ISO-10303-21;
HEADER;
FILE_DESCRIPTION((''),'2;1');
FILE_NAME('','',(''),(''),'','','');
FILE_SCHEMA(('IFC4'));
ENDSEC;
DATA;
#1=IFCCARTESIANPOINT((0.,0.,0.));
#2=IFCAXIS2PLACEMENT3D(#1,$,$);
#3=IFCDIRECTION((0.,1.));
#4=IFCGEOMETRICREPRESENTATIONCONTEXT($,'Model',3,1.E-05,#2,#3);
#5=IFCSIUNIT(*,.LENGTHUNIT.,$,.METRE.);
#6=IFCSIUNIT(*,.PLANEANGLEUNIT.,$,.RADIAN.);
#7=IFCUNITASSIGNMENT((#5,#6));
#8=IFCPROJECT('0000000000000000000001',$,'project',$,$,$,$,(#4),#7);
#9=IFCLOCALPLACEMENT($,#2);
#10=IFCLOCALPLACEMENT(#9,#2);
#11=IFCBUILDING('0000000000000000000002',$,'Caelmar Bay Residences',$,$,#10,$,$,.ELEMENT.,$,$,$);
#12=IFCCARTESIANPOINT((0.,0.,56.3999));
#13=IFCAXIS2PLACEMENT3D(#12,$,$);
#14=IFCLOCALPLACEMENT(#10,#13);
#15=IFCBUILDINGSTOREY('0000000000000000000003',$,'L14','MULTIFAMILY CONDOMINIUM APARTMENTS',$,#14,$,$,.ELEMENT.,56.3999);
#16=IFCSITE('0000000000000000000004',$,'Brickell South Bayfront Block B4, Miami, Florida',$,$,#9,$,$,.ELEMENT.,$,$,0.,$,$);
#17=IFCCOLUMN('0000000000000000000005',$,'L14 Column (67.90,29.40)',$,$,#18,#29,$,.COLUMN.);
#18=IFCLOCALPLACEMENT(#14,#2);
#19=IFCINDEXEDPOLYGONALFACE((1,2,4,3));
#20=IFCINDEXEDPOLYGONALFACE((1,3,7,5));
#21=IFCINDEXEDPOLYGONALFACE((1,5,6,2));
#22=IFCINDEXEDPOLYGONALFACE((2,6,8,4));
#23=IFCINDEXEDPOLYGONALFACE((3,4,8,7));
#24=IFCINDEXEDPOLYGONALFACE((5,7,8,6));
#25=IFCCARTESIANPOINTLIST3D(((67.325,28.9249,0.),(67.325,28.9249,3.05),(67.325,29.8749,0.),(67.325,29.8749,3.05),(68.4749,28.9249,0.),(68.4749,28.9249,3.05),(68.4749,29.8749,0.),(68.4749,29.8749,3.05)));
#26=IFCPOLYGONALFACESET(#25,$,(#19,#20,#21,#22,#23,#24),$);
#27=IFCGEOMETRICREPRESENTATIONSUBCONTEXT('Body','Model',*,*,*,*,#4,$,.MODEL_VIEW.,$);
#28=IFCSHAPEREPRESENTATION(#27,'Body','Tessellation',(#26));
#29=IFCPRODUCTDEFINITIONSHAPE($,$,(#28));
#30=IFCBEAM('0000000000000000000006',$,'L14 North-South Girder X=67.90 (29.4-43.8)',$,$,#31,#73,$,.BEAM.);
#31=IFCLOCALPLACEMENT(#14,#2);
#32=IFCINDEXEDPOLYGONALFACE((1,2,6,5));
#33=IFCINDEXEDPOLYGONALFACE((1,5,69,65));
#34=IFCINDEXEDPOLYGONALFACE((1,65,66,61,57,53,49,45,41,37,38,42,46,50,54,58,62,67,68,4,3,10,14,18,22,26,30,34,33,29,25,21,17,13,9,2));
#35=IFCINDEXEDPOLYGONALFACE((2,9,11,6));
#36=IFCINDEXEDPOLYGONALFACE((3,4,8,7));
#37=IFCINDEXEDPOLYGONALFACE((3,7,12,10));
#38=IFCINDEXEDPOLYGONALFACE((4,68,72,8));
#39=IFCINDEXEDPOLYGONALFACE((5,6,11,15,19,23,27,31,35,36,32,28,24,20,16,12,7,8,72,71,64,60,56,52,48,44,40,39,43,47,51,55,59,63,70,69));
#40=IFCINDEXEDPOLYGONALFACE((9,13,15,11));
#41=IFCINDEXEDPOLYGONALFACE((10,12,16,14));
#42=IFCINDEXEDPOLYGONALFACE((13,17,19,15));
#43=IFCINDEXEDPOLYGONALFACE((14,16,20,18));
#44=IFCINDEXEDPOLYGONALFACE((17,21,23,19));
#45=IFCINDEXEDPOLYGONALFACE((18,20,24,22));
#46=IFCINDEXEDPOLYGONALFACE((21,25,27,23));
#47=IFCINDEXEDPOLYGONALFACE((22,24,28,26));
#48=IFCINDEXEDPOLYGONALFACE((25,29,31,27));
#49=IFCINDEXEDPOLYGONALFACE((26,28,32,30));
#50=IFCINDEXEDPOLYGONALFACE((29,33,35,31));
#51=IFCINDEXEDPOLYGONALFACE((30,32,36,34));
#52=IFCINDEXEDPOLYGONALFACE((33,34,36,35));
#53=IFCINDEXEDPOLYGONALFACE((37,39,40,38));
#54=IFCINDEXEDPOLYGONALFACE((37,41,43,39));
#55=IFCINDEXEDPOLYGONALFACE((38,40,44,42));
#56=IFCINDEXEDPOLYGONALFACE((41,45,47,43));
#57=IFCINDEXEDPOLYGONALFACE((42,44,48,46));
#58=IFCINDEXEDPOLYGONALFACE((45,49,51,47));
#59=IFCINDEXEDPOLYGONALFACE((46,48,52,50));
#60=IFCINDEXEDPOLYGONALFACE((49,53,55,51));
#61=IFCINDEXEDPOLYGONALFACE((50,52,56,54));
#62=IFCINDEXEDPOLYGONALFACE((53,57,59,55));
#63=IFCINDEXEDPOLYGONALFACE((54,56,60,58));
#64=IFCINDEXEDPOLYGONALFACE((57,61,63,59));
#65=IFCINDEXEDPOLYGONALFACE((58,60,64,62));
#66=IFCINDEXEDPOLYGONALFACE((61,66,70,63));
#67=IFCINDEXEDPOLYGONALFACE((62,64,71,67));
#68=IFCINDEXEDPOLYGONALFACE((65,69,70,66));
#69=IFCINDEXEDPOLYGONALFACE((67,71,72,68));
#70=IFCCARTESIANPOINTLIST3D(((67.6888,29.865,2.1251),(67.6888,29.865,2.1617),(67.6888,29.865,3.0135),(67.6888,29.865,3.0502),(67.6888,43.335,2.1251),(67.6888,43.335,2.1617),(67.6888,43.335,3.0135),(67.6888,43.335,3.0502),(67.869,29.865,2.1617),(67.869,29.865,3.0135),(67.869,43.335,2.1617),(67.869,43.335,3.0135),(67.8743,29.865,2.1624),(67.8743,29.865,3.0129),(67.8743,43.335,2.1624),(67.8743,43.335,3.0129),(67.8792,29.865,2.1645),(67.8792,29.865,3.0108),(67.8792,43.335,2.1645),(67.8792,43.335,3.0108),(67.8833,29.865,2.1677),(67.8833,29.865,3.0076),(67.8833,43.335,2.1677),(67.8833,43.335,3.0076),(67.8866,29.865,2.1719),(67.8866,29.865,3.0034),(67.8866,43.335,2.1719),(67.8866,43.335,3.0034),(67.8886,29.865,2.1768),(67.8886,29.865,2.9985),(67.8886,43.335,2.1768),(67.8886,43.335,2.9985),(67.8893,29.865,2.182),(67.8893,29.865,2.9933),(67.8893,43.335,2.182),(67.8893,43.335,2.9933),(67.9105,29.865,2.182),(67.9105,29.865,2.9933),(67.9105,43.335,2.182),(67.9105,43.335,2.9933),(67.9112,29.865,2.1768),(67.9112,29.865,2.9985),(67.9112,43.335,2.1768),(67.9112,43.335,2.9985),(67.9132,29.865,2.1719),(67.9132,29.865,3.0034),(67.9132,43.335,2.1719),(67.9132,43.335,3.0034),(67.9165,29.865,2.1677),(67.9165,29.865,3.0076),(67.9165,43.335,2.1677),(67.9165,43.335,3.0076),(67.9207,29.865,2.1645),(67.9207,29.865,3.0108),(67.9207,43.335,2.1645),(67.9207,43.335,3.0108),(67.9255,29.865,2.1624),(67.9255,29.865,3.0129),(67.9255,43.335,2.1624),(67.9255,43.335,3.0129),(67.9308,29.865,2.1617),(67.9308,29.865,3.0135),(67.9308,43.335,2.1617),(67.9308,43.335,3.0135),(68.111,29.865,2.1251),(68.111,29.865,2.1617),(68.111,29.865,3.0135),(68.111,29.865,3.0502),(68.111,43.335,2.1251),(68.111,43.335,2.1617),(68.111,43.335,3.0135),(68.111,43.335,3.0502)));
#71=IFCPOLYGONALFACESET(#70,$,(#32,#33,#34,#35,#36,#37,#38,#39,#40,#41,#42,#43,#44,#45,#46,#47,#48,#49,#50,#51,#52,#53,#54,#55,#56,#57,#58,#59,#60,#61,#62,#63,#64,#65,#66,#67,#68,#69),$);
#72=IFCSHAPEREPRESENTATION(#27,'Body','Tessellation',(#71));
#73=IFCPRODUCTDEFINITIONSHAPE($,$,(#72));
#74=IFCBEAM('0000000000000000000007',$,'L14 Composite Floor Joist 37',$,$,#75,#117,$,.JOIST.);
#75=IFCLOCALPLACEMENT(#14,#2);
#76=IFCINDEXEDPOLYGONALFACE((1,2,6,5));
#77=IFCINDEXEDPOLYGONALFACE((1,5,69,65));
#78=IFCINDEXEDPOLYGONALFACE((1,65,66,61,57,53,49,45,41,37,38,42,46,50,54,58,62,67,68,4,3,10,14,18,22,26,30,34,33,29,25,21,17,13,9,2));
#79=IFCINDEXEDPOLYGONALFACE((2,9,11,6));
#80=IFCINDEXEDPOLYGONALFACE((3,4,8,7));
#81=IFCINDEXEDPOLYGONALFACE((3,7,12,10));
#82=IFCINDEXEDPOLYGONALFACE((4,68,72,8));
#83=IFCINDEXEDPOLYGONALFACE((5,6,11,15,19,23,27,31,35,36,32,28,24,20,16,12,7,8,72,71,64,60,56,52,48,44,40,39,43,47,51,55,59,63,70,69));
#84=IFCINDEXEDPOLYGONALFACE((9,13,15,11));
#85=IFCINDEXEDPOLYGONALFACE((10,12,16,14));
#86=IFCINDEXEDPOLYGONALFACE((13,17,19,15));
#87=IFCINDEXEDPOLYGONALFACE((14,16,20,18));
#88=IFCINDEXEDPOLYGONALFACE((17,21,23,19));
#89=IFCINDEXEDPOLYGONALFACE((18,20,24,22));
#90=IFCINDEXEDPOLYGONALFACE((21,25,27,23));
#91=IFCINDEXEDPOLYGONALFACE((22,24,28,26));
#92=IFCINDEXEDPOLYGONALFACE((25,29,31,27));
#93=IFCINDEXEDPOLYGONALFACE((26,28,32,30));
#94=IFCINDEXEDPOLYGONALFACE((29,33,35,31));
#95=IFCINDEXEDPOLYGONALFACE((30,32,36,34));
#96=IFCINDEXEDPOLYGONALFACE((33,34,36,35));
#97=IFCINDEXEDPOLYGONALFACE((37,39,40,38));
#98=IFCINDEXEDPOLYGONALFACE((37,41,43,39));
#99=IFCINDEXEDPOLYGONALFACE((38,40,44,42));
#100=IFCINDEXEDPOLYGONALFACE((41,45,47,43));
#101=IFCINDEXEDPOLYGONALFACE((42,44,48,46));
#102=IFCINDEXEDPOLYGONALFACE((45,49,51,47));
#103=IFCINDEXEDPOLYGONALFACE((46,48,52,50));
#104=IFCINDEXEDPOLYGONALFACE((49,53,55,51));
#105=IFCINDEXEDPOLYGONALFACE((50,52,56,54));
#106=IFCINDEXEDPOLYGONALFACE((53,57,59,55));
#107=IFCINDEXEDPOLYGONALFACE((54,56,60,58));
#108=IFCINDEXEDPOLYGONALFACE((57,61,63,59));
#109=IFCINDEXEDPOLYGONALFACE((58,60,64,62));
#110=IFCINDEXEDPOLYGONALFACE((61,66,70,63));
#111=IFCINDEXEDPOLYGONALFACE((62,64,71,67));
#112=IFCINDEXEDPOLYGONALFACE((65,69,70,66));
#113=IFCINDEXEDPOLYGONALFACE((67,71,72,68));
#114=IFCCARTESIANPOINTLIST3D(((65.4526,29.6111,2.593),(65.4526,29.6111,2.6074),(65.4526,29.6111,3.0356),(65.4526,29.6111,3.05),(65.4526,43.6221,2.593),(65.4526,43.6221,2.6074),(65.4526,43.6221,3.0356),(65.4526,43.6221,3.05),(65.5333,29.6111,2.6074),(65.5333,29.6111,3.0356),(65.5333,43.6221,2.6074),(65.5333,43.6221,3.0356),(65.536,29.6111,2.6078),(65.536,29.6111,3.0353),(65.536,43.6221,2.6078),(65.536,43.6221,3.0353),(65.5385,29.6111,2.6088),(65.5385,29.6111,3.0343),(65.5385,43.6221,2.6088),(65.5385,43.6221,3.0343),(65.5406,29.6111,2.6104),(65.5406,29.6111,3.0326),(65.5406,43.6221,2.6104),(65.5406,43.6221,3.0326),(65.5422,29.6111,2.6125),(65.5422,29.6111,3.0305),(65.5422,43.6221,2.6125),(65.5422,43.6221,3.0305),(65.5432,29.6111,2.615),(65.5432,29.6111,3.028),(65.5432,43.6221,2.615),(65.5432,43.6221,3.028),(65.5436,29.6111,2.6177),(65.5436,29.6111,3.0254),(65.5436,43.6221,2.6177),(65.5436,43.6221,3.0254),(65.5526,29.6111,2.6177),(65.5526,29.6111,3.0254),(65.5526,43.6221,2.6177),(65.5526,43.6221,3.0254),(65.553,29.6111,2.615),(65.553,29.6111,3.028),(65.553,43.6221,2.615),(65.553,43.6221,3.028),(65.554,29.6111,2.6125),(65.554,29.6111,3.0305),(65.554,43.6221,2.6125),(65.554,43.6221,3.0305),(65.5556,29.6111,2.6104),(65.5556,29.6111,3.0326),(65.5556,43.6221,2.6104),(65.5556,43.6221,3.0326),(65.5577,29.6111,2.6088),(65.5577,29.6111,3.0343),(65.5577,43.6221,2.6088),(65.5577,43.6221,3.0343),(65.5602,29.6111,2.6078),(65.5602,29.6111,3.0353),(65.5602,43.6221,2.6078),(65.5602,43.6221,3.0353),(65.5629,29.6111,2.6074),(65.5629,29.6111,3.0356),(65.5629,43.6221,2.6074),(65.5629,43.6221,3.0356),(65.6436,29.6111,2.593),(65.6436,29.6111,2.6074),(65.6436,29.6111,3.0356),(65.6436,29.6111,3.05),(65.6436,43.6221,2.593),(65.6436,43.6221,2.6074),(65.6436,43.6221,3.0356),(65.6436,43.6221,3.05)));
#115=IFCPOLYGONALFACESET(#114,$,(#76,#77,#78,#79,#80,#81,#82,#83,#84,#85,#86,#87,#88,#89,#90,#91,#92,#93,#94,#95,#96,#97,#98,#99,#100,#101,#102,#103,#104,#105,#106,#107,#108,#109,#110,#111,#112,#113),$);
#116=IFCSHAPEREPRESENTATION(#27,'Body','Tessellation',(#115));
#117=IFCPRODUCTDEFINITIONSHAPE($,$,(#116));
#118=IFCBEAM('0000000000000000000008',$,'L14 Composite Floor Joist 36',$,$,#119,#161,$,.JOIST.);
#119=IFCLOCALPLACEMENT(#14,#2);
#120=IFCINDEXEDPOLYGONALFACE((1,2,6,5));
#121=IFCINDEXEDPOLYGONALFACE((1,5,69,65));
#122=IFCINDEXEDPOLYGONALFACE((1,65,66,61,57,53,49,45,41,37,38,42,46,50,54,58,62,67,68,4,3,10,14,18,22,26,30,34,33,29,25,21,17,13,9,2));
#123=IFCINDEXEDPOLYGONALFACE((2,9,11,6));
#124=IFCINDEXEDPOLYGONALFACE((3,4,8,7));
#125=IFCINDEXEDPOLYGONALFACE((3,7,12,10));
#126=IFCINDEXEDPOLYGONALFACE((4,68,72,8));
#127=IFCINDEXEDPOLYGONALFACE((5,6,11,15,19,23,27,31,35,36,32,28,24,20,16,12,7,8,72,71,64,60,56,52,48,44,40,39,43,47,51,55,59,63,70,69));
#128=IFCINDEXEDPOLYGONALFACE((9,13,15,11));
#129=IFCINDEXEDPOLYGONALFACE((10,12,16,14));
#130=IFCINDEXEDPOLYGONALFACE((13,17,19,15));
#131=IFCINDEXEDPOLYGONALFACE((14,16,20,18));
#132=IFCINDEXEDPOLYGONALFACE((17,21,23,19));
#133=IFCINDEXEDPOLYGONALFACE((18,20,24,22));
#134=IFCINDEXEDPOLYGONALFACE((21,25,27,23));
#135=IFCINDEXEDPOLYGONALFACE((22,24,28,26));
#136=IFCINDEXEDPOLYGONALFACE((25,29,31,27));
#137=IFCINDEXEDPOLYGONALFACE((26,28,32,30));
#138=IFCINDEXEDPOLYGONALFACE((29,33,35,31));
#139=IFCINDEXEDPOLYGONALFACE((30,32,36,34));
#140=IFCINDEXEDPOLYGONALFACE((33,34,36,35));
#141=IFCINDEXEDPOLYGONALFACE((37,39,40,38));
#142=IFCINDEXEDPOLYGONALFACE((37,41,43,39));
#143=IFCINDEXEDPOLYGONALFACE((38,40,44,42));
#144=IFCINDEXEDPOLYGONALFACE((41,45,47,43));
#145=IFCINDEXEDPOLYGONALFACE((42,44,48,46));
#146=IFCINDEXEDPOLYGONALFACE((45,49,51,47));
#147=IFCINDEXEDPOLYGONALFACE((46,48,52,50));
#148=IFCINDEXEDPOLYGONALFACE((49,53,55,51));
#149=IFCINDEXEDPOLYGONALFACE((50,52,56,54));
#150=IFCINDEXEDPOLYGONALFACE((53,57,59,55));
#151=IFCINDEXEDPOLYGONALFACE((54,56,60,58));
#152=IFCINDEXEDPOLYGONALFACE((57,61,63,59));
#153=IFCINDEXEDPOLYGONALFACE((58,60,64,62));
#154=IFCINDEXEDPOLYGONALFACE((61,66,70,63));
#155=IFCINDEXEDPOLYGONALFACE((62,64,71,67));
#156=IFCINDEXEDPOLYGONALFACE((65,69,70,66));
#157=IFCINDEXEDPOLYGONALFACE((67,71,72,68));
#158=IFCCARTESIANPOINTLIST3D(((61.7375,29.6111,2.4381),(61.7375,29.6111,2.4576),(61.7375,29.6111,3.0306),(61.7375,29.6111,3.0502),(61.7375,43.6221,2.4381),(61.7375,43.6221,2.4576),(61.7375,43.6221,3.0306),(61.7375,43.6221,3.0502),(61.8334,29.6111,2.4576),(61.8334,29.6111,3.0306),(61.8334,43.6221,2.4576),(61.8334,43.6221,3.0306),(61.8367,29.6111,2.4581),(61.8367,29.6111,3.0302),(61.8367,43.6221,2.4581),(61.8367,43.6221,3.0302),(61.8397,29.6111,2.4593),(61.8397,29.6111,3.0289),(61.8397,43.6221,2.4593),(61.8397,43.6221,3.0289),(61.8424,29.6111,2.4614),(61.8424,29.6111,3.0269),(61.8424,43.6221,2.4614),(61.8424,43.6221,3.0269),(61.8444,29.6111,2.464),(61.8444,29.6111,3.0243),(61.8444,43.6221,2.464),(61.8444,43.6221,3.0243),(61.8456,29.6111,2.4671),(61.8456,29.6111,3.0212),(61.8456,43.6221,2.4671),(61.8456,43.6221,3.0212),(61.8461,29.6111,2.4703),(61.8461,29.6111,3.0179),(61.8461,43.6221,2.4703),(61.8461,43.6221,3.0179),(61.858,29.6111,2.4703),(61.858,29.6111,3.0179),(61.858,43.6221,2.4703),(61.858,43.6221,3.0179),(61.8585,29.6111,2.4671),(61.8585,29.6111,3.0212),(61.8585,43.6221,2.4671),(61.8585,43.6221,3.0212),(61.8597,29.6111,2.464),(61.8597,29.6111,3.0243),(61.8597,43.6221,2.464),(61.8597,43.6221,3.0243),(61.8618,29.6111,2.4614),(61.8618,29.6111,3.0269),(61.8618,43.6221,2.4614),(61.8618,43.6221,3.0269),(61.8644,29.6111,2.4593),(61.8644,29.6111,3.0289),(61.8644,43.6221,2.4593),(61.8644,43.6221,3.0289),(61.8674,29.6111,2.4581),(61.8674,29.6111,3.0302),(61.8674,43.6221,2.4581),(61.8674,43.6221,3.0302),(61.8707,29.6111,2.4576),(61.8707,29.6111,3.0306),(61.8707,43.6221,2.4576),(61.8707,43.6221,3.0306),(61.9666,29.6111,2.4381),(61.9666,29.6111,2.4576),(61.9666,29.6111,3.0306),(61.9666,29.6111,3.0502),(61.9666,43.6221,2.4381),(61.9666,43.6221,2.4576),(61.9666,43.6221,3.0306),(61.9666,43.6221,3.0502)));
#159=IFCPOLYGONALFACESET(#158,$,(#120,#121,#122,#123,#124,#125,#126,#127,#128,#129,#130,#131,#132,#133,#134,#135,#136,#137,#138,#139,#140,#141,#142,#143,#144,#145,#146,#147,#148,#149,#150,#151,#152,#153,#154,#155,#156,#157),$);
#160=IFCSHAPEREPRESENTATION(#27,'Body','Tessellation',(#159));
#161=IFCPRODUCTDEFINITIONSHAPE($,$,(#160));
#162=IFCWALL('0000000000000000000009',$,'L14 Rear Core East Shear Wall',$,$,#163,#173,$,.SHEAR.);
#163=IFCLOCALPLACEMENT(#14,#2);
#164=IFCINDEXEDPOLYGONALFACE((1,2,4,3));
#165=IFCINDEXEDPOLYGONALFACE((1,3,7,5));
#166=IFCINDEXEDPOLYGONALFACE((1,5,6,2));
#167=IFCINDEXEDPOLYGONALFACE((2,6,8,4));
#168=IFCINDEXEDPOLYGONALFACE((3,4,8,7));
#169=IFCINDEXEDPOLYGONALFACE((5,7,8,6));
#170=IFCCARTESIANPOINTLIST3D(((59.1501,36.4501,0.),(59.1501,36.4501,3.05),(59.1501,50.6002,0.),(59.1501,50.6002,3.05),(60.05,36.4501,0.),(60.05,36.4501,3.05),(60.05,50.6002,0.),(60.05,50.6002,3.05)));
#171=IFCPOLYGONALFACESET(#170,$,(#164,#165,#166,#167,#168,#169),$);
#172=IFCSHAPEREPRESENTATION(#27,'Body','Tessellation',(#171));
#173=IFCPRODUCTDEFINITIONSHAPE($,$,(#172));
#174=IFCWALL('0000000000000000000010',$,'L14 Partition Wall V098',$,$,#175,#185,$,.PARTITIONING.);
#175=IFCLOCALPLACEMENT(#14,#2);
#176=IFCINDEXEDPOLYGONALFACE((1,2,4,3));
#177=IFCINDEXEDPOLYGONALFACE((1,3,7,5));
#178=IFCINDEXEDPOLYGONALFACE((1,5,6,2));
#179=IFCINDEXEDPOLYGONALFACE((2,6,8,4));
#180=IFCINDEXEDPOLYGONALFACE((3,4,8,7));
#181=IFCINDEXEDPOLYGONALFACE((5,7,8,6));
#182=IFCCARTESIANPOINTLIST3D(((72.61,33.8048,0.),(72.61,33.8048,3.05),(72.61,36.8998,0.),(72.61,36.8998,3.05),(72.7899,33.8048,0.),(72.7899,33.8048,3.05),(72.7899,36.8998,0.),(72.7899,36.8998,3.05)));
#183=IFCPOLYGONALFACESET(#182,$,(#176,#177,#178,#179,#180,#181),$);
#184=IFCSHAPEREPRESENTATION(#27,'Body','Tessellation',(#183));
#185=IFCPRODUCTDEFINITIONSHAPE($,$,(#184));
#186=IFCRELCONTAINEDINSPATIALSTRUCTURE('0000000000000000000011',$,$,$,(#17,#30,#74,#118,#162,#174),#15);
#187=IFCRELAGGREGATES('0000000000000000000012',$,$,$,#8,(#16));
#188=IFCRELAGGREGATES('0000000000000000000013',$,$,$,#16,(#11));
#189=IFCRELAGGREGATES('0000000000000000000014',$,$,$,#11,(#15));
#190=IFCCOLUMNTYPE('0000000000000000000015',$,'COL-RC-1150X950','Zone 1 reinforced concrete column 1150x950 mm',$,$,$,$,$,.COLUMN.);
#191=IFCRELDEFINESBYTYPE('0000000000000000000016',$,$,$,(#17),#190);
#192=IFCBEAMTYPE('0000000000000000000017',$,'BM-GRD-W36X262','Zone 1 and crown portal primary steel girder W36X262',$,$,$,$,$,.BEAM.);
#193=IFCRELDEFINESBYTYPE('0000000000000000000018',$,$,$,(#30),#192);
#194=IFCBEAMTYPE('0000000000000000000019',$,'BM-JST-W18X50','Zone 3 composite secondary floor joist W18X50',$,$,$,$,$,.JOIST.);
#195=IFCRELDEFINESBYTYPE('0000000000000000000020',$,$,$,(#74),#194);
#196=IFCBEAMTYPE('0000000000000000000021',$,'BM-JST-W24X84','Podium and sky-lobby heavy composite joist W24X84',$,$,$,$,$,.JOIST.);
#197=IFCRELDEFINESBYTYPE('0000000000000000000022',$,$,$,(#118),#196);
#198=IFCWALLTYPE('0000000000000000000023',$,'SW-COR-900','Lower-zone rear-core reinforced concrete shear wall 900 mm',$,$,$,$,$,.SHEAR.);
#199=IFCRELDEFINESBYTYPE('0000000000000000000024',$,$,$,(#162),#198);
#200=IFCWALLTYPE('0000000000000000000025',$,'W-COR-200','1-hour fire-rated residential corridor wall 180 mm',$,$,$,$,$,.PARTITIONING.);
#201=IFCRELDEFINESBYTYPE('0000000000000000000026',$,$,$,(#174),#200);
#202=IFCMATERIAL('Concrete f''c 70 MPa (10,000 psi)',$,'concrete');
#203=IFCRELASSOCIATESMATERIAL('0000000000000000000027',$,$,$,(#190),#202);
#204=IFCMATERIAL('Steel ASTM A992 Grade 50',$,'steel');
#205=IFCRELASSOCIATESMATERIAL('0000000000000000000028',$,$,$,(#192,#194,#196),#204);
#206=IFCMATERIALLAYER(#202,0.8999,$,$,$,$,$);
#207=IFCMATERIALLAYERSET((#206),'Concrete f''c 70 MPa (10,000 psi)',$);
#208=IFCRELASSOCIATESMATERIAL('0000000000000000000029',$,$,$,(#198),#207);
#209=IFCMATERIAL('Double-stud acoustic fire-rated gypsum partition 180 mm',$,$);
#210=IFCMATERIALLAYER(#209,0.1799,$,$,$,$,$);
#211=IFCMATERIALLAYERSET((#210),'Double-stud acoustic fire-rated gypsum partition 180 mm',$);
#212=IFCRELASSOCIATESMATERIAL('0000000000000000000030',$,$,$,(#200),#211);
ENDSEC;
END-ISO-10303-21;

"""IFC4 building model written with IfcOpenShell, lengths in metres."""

from ifc_helpers import new_model, si_unit, direction, frame, frame_2d, origin, origin_2d, place, context, subcontext, project, spatial, rectangle, i_section, extrude, material, layer, layer_set, material_profile, profile_set, type_object, element, save


model = new_model("IFC4")

# Units and contexts
model_context = context("Model", 3, precision=1e-05, world=origin(), true_north=direction((0.0, 1.0)))
body_context = subcontext(model_context, "Body", "Model", "MODEL_VIEW")
ifc_project = project(units=[si_unit("LENGTHUNIT", "METRE"), si_unit("PLANEANGLEUNIT", "RADIAN")], contexts=[model_context])

# Site, building, storey
site_placement = place(None, origin())
site = spatial("IfcSite", under=ifc_project, at=site_placement, Name="Brickell South Bayfront Block B4, Miami, Florida", CompositionType="ELEMENT", RefElevation=0.0)
building_placement = place(site_placement, origin())
building = spatial("IfcBuilding", under=site, at=building_placement, Name="Caelmar Bay Residences", CompositionType="ELEMENT")
storey_placement = place(building_placement, frame((0.0, 0.0, 56.3999)))
storey = spatial("IfcBuildingStorey", under=building, at=storey_placement, Name="L14", Description="MULTIFAMILY CONDOMINIUM APARTMENTS", CompositionType="ELEMENT", Elevation=56.3999)

# Column
ifc_material_1 = material(Name="Concrete f'c 70 MPa (10,000 psi)", Category="concrete")
ifc_material_profile_1 = material_profile(ifc_material_1, rectangle(XDim=1.1499, YDim=0.95, at=origin_2d()), Name="RC-COL-1150X950")
ifc_profile_set_1 = profile_set([ifc_material_profile_1], Name="Concrete f'c 70 MPa (10,000 psi)")
column_type = type_object("IfcColumnType", Name="COL-RC-1150X950", Description="Zone 1 reinforced concrete column 1150x950 mm", PredefinedType="COLUMN", material=ifc_profile_set_1)
column_placement = place(storey_placement, frame((67.8999, 29.3999, 0.0), z_axis=(0.0, 0.0, 1.0), x_axis=(1.0, 0.0, 0.0)))
element("IfcColumn", 1, at=column_placement, inside=storey, type_object=column_type, Name="L14 Column (67.90,29.40)", PredefinedType="COLUMN", context=body_context, shape_type="SweptSolid", body=[
    extrude(rectangle(XDim=1.1499, YDim=0.95, at=origin_2d()), origin(), (0.0, 0.0, 1.0), 3.05),
])

# Beams
ifc_material_2 = material(Name="Steel ASTM A992 Grade 50", Category="steel")
ifc_material_profile_2 = material_profile(ifc_material_2, i_section(OverallWidth=0.4221, OverallDepth=0.925, WebThickness=0.0212, FlangeThickness=0.0366, FilletRadius=0.0203, at=origin_2d()), Name="W36X262")
ifc_profile_set_2 = profile_set([ifc_material_profile_2], Name="Steel ASTM A992 Grade 50")
beam_type_1 = type_object("IfcBeamType", Name="BM-GRD-W36X262", Description="Zone 1 and crown portal primary steel girder W36X262", PredefinedType="BEAM", material=ifc_profile_set_2)
beam_1_placement = place(storey_placement, frame((67.8999, 29.865, 2.5876), z_axis=(0.0, 1.0, 0.0), x_axis=(-1.0, 0.0, 0.0)))
element("IfcBeam", 2, at=beam_1_placement, inside=storey, type_object=beam_type_1, Name="L14 North-South Girder X=67.90 (29.4-43.8)", PredefinedType="BEAM", context=body_context, shape_type="SweptSolid", body=[
    extrude(i_section(OverallWidth=0.4221, OverallDepth=0.925, WebThickness=0.0212, FlangeThickness=0.0366, FilletRadius=0.0203, at=origin_2d()), origin(), (0.0, 0.0, 1.0), 13.47),
])
ifc_material_profile_3 = material_profile(ifc_material_2, i_section(OverallWidth=0.1909, OverallDepth=0.457, WebThickness=0.009, FlangeThickness=0.0144, FilletRadius=0.0103, at=origin_2d()), Name="W18X50")
ifc_profile_set_3 = profile_set([ifc_material_profile_3], Name="Steel ASTM A992 Grade 50")
beam_type_2 = type_object("IfcBeamType", Name="BM-JST-W18X50", Description="Zone 3 composite secondary floor joist W18X50", PredefinedType="JOIST", material=ifc_profile_set_3)
beam_2_placement = place(storey_placement, frame((65.5481, 29.6111, 2.8215), z_axis=(0.0, 1.0, 0.0), x_axis=(-1.0, 0.0, 0.0)))
element("IfcBeam", 3, at=beam_2_placement, inside=storey, type_object=beam_type_2, Name="L14 Composite Floor Joist 37", PredefinedType="JOIST", context=body_context, shape_type="SweptSolid", body=[
    extrude(i_section(OverallWidth=0.1909, OverallDepth=0.457, WebThickness=0.009, FlangeThickness=0.0144, FilletRadius=0.0103, at=origin_2d()), origin(), (0.0, 0.0, 1.0), 14.011),
])
ifc_material_profile_4 = material_profile(ifc_material_2, i_section(OverallWidth=0.229, OverallDepth=0.6121, WebThickness=0.012, FlangeThickness=0.0195, FilletRadius=0.0127, at=origin_2d()), Name="W24X84")
ifc_profile_set_4 = profile_set([ifc_material_profile_4], Name="Steel ASTM A992 Grade 50")
beam_type_3 = type_object("IfcBeamType", Name="BM-JST-W24X84", Description="Podium and sky-lobby heavy composite joist W24X84", PredefinedType="JOIST", material=ifc_profile_set_4)
beam_3_placement = place(storey_placement, frame((61.8521, 29.6111, 2.7441), z_axis=(0.0, 1.0, 0.0), x_axis=(-1.0, 0.0, 0.0)))
element("IfcBeam", 4, at=beam_3_placement, inside=storey, type_object=beam_type_3, Name="L14 Composite Floor Joist 36", PredefinedType="JOIST", context=body_context, shape_type="SweptSolid", body=[
    extrude(i_section(OverallWidth=0.229, OverallDepth=0.6121, WebThickness=0.012, FlangeThickness=0.0195, FilletRadius=0.0127, at=origin_2d()), origin(), (0.0, 0.0, 1.0), 14.011),
])

# Walls
ifc_layer_1 = layer(ifc_material_1, 0.8999)
ifc_layer_set_1 = layer_set([ifc_layer_1], Name="Concrete f'c 70 MPa (10,000 psi)")
wall_type_1 = type_object("IfcWallType", Name="SW-COR-900", Description="Lower-zone rear-core reinforced concrete shear wall 900 mm", PredefinedType="SHEAR", material=ifc_layer_set_1)
wall_1_placement = place(storey_placement, frame((59.6001, 36.45, 0.0), z_axis=(0.0, 0.0, 1.0), x_axis=(0.0, 1.0, 0.0)))
element("IfcWall", 5, at=wall_1_placement, inside=storey, type_object=wall_type_1, Name="L14 Rear Core East Shear Wall", PredefinedType="SHEAR", context=body_context, shape_type="SweptSolid", body=[
    extrude(rectangle(XDim=14.1501, YDim=0.8999, at=frame_2d((7.0752, 0.0))), origin(), (0.0, 0.0, 1.0), 3.05),
])
ifc_material_3 = material(Name="Double-stud acoustic fire-rated gypsum partition 180 mm")
ifc_layer_2 = layer(ifc_material_3, 0.1799)
ifc_layer_set_2 = layer_set([ifc_layer_2], Name="Double-stud acoustic fire-rated gypsum partition 180 mm")
wall_type_2 = type_object("IfcWallType", Name="W-COR-200", Description="1-hour fire-rated residential corridor wall 180 mm", PredefinedType="PARTITIONING", material=ifc_layer_set_2)
wall_2_placement = place(storey_placement, frame((72.7, 33.8049, 0.0), z_axis=(0.0, 0.0, 1.0), x_axis=(0.0, 1.0, 0.0)))
element("IfcWall", 6, at=wall_2_placement, inside=storey, type_object=wall_type_2, Name="L14 Partition Wall V098", PredefinedType="PARTITIONING", context=body_context, shape_type="SweptSolid", body=[
    extrude(rectangle(XDim=3.095, YDim=0.1799, at=frame_2d((1.5474, 0.0))), origin(), (0.0, 0.0, 1.0), 3.05),
])

save(model, "model.ifc")
